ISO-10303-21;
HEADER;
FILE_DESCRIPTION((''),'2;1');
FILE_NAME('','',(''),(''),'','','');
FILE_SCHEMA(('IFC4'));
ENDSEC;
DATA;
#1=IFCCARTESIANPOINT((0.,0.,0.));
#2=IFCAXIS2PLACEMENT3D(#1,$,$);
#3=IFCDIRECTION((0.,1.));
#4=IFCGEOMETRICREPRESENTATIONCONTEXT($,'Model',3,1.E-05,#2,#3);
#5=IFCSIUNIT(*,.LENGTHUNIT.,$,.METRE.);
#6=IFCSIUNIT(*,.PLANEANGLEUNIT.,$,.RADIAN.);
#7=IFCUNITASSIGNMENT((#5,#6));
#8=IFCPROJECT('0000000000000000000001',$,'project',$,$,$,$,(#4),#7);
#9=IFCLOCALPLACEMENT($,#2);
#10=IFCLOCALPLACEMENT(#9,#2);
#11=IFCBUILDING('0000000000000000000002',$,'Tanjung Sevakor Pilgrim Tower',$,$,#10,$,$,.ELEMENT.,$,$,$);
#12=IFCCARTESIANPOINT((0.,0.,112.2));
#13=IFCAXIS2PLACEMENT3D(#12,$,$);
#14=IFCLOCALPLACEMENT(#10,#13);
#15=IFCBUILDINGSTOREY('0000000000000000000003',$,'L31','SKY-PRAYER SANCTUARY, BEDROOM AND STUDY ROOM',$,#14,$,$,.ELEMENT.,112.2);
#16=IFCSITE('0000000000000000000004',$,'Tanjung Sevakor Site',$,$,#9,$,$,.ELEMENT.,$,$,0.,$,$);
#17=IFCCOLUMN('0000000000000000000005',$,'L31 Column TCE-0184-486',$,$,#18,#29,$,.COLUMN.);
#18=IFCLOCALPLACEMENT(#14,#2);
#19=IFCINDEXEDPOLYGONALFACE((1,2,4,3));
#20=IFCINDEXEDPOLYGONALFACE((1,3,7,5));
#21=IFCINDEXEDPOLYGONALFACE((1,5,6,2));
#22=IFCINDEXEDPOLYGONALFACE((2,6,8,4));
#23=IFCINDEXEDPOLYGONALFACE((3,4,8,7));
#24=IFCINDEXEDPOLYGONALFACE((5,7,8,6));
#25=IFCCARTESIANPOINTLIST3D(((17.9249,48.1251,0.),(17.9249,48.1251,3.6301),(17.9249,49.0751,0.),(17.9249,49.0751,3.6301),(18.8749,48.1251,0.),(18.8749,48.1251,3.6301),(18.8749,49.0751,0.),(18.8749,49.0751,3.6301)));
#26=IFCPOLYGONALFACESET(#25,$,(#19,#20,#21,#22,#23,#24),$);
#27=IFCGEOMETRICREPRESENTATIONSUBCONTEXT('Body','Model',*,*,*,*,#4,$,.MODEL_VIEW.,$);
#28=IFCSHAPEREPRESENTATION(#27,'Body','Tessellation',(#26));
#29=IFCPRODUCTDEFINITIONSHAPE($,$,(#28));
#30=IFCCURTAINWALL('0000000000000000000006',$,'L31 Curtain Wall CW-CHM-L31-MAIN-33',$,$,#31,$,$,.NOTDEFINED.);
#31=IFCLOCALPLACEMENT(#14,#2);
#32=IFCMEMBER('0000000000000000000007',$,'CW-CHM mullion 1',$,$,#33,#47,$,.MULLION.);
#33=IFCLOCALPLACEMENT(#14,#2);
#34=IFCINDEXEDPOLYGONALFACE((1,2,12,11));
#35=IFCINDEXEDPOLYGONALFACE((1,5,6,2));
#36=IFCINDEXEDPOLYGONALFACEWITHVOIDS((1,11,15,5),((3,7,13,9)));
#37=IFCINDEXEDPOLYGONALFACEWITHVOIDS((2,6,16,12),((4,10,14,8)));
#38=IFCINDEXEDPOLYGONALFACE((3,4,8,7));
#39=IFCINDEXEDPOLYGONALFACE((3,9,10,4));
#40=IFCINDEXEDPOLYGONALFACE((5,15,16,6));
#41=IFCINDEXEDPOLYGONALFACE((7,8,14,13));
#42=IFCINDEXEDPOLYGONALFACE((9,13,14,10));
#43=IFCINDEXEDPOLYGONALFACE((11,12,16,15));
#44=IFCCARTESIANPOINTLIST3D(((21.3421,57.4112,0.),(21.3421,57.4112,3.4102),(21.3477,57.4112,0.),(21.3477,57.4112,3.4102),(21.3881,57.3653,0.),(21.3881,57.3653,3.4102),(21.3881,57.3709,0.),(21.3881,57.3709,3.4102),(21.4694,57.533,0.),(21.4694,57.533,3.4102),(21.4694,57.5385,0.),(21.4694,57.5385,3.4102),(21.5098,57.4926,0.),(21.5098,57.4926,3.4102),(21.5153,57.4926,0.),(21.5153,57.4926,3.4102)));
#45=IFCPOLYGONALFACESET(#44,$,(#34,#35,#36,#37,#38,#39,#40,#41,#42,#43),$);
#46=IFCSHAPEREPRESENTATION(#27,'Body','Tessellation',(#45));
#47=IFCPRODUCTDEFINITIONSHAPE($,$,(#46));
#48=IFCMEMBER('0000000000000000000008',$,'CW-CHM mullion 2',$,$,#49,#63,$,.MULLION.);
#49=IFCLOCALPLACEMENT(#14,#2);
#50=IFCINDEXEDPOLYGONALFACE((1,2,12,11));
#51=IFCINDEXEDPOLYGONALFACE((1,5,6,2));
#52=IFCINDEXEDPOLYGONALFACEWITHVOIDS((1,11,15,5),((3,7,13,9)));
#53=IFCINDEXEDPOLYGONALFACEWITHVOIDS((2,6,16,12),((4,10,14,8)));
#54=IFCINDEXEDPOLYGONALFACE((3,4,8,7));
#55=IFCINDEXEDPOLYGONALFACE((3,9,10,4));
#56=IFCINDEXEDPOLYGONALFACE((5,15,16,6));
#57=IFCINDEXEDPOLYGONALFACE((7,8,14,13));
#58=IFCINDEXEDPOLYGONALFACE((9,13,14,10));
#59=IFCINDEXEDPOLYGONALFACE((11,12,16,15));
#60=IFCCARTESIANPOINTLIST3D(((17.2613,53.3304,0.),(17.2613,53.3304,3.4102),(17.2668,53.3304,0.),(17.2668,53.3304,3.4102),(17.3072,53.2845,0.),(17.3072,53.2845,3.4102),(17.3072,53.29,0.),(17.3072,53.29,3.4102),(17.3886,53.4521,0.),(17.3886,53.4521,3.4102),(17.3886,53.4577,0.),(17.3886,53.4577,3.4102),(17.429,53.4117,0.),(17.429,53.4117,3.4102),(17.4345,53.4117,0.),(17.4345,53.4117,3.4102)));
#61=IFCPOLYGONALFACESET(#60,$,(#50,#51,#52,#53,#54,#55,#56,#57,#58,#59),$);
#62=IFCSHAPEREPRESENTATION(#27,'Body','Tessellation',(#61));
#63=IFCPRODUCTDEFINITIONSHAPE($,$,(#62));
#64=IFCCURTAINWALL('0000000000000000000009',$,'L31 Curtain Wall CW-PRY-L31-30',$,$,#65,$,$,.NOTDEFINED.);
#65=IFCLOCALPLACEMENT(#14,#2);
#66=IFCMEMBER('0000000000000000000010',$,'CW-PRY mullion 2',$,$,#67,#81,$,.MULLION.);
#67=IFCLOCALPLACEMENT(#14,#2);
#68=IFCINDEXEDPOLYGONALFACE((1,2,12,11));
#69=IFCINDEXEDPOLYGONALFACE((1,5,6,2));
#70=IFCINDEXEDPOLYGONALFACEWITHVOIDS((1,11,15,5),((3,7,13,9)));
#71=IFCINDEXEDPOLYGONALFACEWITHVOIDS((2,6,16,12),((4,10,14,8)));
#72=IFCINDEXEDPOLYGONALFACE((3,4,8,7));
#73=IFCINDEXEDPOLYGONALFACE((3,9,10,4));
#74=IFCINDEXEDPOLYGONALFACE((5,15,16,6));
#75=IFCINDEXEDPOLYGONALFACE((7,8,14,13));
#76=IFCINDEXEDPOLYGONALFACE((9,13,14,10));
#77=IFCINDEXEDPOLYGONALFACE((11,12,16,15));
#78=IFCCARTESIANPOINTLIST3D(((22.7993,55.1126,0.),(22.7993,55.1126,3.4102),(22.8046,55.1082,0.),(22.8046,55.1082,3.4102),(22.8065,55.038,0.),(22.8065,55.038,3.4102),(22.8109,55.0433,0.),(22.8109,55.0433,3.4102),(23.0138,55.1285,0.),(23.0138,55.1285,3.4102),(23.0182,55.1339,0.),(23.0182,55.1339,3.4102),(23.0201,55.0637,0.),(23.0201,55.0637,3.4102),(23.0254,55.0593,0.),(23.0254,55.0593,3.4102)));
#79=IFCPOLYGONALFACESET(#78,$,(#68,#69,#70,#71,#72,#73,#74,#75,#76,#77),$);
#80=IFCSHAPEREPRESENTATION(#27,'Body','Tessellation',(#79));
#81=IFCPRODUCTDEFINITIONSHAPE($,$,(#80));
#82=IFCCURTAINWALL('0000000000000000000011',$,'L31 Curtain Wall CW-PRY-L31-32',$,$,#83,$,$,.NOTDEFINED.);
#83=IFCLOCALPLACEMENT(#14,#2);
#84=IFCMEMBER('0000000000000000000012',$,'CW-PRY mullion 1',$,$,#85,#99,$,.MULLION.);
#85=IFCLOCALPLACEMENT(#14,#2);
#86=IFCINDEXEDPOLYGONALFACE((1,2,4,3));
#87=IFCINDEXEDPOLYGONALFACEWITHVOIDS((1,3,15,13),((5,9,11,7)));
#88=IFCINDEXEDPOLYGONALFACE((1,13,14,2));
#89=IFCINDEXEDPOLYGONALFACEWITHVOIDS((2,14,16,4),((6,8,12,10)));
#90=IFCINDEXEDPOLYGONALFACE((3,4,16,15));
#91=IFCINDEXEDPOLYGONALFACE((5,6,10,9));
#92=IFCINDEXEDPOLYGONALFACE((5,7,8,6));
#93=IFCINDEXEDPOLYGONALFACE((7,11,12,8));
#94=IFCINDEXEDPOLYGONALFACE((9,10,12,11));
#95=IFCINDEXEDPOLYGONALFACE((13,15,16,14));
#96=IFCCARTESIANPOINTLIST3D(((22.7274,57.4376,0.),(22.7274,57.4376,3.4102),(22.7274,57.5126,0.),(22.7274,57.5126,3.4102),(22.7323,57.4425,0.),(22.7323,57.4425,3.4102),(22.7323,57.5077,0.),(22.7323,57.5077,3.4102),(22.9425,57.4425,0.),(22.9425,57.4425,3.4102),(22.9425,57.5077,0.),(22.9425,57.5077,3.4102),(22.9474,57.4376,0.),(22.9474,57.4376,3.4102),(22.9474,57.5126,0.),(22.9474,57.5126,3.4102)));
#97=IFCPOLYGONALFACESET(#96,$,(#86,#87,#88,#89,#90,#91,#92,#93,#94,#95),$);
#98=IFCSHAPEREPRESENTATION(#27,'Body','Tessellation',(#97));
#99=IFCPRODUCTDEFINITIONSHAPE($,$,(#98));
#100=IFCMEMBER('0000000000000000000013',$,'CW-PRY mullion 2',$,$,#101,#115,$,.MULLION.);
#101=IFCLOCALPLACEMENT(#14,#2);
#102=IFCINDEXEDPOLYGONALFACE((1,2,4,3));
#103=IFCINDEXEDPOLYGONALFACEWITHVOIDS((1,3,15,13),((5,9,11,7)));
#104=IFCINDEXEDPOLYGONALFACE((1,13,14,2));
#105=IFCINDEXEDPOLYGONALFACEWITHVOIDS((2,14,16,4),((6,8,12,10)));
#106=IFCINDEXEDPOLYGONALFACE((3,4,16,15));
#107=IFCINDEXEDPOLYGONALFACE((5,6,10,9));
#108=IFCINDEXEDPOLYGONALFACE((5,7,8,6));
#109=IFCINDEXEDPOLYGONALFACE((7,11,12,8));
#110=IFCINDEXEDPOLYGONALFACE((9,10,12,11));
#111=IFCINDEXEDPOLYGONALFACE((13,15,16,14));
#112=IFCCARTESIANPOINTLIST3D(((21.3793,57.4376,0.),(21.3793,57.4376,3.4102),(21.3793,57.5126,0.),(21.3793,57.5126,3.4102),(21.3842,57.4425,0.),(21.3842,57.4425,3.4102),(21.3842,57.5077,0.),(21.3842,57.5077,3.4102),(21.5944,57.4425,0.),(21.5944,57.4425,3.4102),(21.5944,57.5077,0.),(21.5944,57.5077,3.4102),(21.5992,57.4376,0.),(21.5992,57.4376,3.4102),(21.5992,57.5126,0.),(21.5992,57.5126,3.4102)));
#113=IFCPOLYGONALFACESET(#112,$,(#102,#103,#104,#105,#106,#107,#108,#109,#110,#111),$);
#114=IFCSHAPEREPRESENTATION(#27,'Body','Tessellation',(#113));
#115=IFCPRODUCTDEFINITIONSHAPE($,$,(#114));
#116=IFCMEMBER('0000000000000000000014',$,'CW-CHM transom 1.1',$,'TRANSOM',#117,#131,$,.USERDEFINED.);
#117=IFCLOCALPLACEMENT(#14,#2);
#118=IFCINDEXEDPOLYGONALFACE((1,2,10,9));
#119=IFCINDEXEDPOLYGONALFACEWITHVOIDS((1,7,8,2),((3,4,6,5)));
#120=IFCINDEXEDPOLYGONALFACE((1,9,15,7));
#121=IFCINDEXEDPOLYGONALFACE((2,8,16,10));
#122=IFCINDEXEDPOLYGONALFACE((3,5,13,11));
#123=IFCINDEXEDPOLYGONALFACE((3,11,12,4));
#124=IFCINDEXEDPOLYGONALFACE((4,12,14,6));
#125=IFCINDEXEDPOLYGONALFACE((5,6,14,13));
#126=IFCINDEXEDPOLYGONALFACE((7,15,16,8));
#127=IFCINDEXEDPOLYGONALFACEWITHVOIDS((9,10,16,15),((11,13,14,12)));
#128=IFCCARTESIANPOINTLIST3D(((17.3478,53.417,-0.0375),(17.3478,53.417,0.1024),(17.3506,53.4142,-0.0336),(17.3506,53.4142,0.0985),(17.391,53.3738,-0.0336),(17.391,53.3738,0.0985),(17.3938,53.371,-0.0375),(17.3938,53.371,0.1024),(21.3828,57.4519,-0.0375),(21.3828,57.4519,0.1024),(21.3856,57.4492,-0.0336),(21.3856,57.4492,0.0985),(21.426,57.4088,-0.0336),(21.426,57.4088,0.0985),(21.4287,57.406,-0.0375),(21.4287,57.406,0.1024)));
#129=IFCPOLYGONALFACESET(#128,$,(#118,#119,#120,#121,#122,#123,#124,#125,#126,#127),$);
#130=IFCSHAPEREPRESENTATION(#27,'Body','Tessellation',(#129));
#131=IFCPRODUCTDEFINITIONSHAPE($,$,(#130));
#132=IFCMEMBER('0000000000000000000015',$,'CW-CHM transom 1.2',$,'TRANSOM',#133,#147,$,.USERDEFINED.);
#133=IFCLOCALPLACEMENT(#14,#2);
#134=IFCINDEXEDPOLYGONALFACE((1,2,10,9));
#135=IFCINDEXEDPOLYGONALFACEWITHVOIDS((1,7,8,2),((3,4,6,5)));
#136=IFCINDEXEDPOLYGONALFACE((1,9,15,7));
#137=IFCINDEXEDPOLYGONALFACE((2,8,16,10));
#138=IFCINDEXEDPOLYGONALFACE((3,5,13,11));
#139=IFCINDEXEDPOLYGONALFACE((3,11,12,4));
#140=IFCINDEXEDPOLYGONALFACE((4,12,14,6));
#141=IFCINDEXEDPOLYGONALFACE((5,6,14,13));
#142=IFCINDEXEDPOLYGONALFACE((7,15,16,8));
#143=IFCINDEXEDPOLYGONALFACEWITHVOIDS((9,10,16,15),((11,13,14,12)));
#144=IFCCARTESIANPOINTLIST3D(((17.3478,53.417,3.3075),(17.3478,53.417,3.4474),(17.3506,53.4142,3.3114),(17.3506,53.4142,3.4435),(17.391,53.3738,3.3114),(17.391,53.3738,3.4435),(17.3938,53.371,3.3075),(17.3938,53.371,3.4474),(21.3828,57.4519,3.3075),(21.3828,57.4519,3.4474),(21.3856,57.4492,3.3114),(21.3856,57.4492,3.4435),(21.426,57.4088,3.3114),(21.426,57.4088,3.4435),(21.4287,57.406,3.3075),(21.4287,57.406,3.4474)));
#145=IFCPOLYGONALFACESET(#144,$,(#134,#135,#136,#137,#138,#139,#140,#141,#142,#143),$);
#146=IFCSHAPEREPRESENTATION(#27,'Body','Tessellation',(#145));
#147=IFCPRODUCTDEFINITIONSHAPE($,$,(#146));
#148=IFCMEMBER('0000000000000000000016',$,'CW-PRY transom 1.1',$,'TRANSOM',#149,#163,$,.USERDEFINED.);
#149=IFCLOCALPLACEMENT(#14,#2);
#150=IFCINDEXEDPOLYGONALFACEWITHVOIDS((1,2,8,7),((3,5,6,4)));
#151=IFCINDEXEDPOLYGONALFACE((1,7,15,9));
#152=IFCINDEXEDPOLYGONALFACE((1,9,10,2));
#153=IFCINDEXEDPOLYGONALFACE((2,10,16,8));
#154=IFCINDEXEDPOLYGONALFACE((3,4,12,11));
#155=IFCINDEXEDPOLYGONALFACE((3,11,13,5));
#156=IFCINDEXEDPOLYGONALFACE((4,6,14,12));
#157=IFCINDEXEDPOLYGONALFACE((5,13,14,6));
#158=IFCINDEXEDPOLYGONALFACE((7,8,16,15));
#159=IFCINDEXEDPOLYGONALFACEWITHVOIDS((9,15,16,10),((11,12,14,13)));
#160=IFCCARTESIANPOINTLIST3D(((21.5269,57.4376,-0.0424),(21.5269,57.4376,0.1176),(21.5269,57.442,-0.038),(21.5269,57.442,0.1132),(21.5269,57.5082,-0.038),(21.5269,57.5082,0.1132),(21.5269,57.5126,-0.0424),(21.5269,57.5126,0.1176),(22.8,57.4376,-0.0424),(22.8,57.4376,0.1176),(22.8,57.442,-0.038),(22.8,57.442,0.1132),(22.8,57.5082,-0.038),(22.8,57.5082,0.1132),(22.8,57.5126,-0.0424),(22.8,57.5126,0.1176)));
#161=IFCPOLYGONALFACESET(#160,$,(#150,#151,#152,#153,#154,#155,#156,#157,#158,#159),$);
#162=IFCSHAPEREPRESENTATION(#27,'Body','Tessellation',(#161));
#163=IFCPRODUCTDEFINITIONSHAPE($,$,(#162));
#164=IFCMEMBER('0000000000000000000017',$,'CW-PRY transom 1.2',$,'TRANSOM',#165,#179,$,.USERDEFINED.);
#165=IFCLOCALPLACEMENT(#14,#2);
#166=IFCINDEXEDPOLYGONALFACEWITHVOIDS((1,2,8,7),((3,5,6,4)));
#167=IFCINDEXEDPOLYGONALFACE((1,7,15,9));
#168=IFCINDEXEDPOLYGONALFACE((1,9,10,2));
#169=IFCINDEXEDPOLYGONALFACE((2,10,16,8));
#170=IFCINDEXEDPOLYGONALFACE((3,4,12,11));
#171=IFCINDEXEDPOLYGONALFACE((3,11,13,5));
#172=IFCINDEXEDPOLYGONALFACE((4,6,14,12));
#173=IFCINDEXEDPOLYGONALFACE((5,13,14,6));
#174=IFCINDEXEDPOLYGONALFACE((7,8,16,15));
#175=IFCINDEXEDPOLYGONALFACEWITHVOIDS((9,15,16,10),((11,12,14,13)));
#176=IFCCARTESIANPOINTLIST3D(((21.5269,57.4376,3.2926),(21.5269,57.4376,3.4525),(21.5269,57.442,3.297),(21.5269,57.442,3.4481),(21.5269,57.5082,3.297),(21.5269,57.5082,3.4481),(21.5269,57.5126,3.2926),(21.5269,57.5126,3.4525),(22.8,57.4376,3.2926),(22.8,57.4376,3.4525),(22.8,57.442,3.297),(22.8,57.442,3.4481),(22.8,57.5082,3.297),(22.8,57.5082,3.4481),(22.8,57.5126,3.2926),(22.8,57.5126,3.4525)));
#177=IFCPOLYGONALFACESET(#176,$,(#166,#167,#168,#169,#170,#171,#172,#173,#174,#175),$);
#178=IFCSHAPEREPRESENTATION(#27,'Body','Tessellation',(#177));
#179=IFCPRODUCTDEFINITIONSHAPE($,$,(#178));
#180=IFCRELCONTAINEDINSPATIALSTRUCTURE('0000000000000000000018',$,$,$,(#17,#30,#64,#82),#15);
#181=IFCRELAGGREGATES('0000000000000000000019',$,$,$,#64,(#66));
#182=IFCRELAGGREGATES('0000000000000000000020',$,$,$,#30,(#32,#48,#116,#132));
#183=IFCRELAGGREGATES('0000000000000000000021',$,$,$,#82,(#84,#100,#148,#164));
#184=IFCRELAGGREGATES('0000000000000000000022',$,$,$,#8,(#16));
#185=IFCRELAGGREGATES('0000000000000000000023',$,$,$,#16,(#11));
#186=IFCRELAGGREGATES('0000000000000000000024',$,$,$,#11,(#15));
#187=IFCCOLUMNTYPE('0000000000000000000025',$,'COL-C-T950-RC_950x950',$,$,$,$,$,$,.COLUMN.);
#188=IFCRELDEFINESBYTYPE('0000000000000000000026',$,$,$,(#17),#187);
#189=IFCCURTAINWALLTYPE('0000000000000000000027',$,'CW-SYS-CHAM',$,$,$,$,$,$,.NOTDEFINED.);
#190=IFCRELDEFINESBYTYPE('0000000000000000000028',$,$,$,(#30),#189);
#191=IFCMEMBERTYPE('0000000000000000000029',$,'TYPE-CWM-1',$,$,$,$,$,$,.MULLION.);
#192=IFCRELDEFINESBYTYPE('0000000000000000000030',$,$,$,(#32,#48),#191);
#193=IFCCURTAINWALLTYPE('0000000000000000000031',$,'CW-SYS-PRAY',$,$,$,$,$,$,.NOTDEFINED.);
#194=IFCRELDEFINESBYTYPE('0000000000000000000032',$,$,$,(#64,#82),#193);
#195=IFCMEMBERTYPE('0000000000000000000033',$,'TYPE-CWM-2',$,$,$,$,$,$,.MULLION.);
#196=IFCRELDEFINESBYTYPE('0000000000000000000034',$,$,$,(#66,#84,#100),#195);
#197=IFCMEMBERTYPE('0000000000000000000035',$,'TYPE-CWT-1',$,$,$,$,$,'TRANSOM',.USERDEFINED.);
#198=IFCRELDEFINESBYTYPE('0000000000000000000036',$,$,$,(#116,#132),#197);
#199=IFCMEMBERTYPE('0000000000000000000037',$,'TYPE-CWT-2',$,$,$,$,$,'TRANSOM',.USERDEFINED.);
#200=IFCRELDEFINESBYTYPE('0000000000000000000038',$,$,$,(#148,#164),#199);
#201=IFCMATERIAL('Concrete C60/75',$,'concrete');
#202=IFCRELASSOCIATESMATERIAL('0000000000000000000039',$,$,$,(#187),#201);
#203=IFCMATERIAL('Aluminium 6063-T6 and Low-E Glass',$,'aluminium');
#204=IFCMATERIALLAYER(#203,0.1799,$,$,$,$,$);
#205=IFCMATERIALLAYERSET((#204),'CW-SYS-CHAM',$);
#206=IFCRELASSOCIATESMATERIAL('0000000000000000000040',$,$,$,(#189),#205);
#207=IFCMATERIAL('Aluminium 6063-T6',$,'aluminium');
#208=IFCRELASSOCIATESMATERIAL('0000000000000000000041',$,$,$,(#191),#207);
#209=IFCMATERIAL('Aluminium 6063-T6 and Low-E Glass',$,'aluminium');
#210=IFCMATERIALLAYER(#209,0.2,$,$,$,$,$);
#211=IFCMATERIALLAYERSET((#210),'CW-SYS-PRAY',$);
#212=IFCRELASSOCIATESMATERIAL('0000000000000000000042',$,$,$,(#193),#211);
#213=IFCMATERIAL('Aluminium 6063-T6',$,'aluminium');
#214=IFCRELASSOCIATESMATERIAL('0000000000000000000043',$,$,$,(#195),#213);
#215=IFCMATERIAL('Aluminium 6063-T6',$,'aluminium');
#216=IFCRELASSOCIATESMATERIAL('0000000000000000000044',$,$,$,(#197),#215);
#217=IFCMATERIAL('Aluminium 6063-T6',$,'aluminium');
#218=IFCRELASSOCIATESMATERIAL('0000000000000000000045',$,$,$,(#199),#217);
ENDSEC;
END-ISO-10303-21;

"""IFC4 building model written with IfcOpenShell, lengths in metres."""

from ifc_helpers import new_model, si_unit, direction, frame, origin, origin_2d, place, context, subcontext, project, spatial, rectangle, hollow_rectangle, extrude, material, layer, layer_set, material_profile, profile_set, type_object, element, aggregate, save


model = new_model("IFC4")

# Units and contexts
model_context = context("Model", 3, precision=1e-05, world=origin(), true_north=direction((0.0, 1.0)))
body_context = subcontext(model_context, "Body", "Model", "MODEL_VIEW")
ifc_project = project(units=[si_unit("LENGTHUNIT", "METRE"), si_unit("PLANEANGLEUNIT", "RADIAN")], contexts=[model_context])

# Site, building, storey
site_placement = place(None, origin())
site = spatial("IfcSite", under=ifc_project, at=site_placement, Name="Tanjung Sevakor Site", CompositionType="ELEMENT", RefElevation=0.0)
building_placement = place(site_placement, origin())
building = spatial("IfcBuilding", under=site, at=building_placement, Name="Tanjung Sevakor Pilgrim Tower", CompositionType="ELEMENT")
storey_placement = place(building_placement, frame((0.0, 0.0, 112.2)))
storey = spatial("IfcBuildingStorey", under=building, at=storey_placement, Name="L31", Description="SKY-PRAYER SANCTUARY, BEDROOM AND STUDY ROOM", CompositionType="ELEMENT", Elevation=112.2)

# Column
ifc_material_1 = material(Name="Concrete C60/75", Category="concrete")
ifc_material_profile_1 = material_profile(ifc_material_1, rectangle(XDim=0.95, YDim=0.95, at=origin_2d()))
ifc_profile_set_1 = profile_set([ifc_material_profile_1], Name="Concrete C60/75")
column_type = type_object("IfcColumnType", Name="COL-C-T950-RC_950x950", PredefinedType="COLUMN", material=ifc_profile_set_1)
column_placement = place(storey_placement, frame((18.3999, 48.6001, 0.0), z_axis=(0.0, 0.0, 1.0), x_axis=(1.0, 0.0, 0.0)))
element("IfcColumn", 1, at=column_placement, inside=storey, type_object=column_type, Name="L31 Column TCE-0184-486", PredefinedType="COLUMN", context=body_context, shape_type="SweptSolid", body=[
    extrude(rectangle(XDim=0.95, YDim=0.95, at=origin_2d()), origin(), (0.0, 0.0, 1.0), 3.6301),
])

# Curtain wall, members
ifc_material_2 = material(Name="Aluminium 6063-T6 and Low-E Glass", Category="aluminium")
ifc_layer_1 = layer(ifc_material_2, 0.1799)
ifc_layer_set_1 = layer_set([ifc_layer_1], Name="CW-SYS-CHAM")
curtain_wall_type_1 = type_object("IfcCurtainWallType", Name="CW-SYS-CHAM", PredefinedType="NOTDEFINED", material=ifc_layer_set_1)
curtain_wall_1_placement = place(storey_placement, origin())
curtain_wall_1 = element("IfcCurtainWall", 2, at=curtain_wall_1_placement, inside=storey, type_object=curtain_wall_type_1, Name="L31 Curtain Wall CW-CHM-L31-MAIN-33", PredefinedType="NOTDEFINED")
ifc_material_3 = material(Name="Aluminium 6063-T6", Category="aluminium")
ifc_material_profile_2 = material_profile(ifc_material_3, hollow_rectangle(XDim=0.0649, YDim=0.1799, WallThickness=0.0039, at=origin_2d()))
ifc_profile_set_2 = profile_set([ifc_material_profile_2], Name="Aluminium 6063-T6")
member_type_1 = type_object("IfcMemberType", Name="TYPE-CWM-1", PredefinedType="MULLION", material=ifc_profile_set_2)
member_1_placement = place(storey_placement, frame((21.4287, 57.4519, 0.0), z_axis=(0.0, 0.0, 1.0), x_axis=(0.707107, -0.707107, 0.0)))
member_1 = element("IfcMember", 3, at=member_1_placement, type_object=member_type_1, Name="CW-CHM mullion 1", PredefinedType="MULLION", context=body_context, shape_type="SweptSolid", body=[
    extrude(hollow_rectangle(XDim=0.0649, YDim=0.1799, WallThickness=0.0039, at=origin_2d()), origin(), (0.0, 0.0, 1.0), 3.4102),
])
member_2_placement = place(storey_placement, frame((17.3479, 53.3711, 0.0), z_axis=(0.0, 0.0, 1.0), x_axis=(0.707107, -0.707107, 0.0)))
member_2 = element("IfcMember", 4, at=member_2_placement, type_object=member_type_1, Name="CW-CHM mullion 2", PredefinedType="MULLION", context=body_context, shape_type="SweptSolid", body=[
    extrude(hollow_rectangle(XDim=0.0649, YDim=0.1799, WallThickness=0.0039, at=origin_2d()), origin(), (0.0, 0.0, 1.0), 3.4102),
])

# Curtain wall, member
ifc_material_4 = material(Name="Aluminium 6063-T6 and Low-E Glass", Category="aluminium")
ifc_layer_2 = layer(ifc_material_4, 0.2)
ifc_layer_set_2 = layer_set([ifc_layer_2], Name="CW-SYS-PRAY")
curtain_wall_type_2 = type_object("IfcCurtainWallType", Name="CW-SYS-PRAY", PredefinedType="NOTDEFINED", material=ifc_layer_set_2)
curtain_wall_2_placement = place(storey_placement, origin())
curtain_wall_2 = element("IfcCurtainWall", 5, at=curtain_wall_2_placement, inside=storey, type_object=curtain_wall_type_2, Name="L31 Curtain Wall CW-PRY-L31-30", PredefinedType="NOTDEFINED")
ifc_material_5 = material(Name="Aluminium 6063-T6", Category="aluminium")
ifc_material_profile_3 = material_profile(ifc_material_5, hollow_rectangle(XDim=0.075, YDim=0.22, WallThickness=0.0049, at=origin_2d()))
ifc_profile_set_3 = profile_set([ifc_material_profile_3], Name="Aluminium 6063-T6")
member_type_2 = type_object("IfcMemberType", Name="TYPE-CWM-2", PredefinedType="MULLION", material=ifc_profile_set_3)
member_3_placement = place(storey_placement, frame((22.9124, 55.0859, 0.0), z_axis=(0.0, 0.0, 1.0), x_axis=(0.096626, -0.995321, 0.0)))
member_3 = element("IfcMember", 6, at=member_3_placement, type_object=member_type_2, Name="CW-PRY mullion 2", PredefinedType="MULLION", context=body_context, shape_type="SweptSolid", body=[
    extrude(hollow_rectangle(XDim=0.075, YDim=0.22, WallThickness=0.0049, at=origin_2d()), origin(), (0.0, 0.0, 1.0), 3.4102),
])
aggregate(curtain_wall_2, [member_3])

# Curtain wall, members
curtain_wall_3_placement = place(storey_placement, origin())
curtain_wall_3 = element("IfcCurtainWall", 7, at=curtain_wall_3_placement, inside=storey, type_object=curtain_wall_type_2, Name="L31 Curtain Wall CW-PRY-L31-32", PredefinedType="NOTDEFINED")
member_4_placement = place(storey_placement, frame((22.8374, 57.4751, 0.0), z_axis=(0.0, 0.0, 1.0), x_axis=(0.0, -1.0, 0.0)))
member_4 = element("IfcMember", 8, at=member_4_placement, type_object=member_type_2, Name="CW-PRY mullion 1", PredefinedType="MULLION", context=body_context, shape_type="SweptSolid", body=[
    extrude(hollow_rectangle(XDim=0.075, YDim=0.22, WallThickness=0.0049, at=origin_2d()), origin(), (0.0, 0.0, 1.0), 3.4102),
])
member_5_placement = place(storey_placement, frame((21.4893, 57.4751, 0.0), z_axis=(0.0, 0.0, 1.0), x_axis=(0.0, -1.0, 0.0)))
member_5 = element("IfcMember", 9, at=member_5_placement, type_object=member_type_2, Name="CW-PRY mullion 2", PredefinedType="MULLION", context=body_context, shape_type="SweptSolid", body=[
    extrude(hollow_rectangle(XDim=0.075, YDim=0.22, WallThickness=0.0049, at=origin_2d()), origin(), (0.0, 0.0, 1.0), 3.4102),
])

# Members
ifc_material_6 = material(Name="Aluminium 6063-T6", Category="aluminium")
ifc_material_profile_4 = material_profile(ifc_material_6, hollow_rectangle(XDim=0.0649, YDim=0.1399, WallThickness=0.0039, at=origin_2d()))
ifc_profile_set_4 = profile_set([ifc_material_profile_4], Name="Aluminium 6063-T6")
member_type_3 = type_object("IfcMemberType", Name="TYPE-CWT-1", ElementType="TRANSOM", PredefinedType="USERDEFINED", material=ifc_profile_set_4)
member_6_placement = place(storey_placement, frame((21.4058, 57.429, 0.0325), z_axis=(-0.707107, -0.707107, 0.0), x_axis=(0.707107, -0.707107, 0.0)))
member_6 = element("IfcMember", 10, at=member_6_placement, type_object=member_type_3, Name="CW-CHM transom 1.1", ObjectType="TRANSOM", PredefinedType="USERDEFINED", context=body_context, shape_type="SweptSolid", body=[
    extrude(hollow_rectangle(XDim=0.0649, YDim=0.1399, WallThickness=0.0039, at=origin_2d()), origin(), (0.0, 0.0, 1.0), 5.7063),
])
member_7_placement = place(storey_placement, frame((21.4058, 57.429, 3.3774), z_axis=(-0.707107, -0.707107, 0.0), x_axis=(0.707107, -0.707107, 0.0)))
member_7 = element("IfcMember", 11, at=member_7_placement, type_object=member_type_3, Name="CW-CHM transom 1.2", ObjectType="TRANSOM", PredefinedType="USERDEFINED", context=body_context, shape_type="SweptSolid", body=[
    extrude(hollow_rectangle(XDim=0.0649, YDim=0.1399, WallThickness=0.0039, at=origin_2d()), origin(), (0.0, 0.0, 1.0), 5.7063),
])
ifc_material_7 = material(Name="Aluminium 6063-T6", Category="aluminium")
ifc_material_profile_5 = material_profile(ifc_material_7, hollow_rectangle(XDim=0.075, YDim=0.1599, WallThickness=0.0044, at=origin_2d()))
ifc_profile_set_5 = profile_set([ifc_material_profile_5], Name="Aluminium 6063-T6")
member_type_4 = type_object("IfcMemberType", Name="TYPE-CWT-2", ElementType="TRANSOM", PredefinedType="USERDEFINED", material=ifc_profile_set_5)
member_8_placement = place(storey_placement, frame((22.8, 57.4751, 0.0376), z_axis=(-1.0, 0.0, 0.0), x_axis=(0.0, -1.0, 0.0)))
member_8 = element("IfcMember", 12, at=member_8_placement, type_object=member_type_4, Name="CW-PRY transom 1.1", ObjectType="TRANSOM", PredefinedType="USERDEFINED", context=body_context, shape_type="SweptSolid", body=[
    extrude(hollow_rectangle(XDim=0.075, YDim=0.1599, WallThickness=0.0044, at=origin_2d()), origin(), (0.0, 0.0, 1.0), 1.2732),
])
member_9_placement = place(storey_placement, frame((22.8, 57.4751, 3.3726), z_axis=(-1.0, 0.0, 0.0), x_axis=(0.0, -1.0, 0.0)))
member_9 = element("IfcMember", 13, at=member_9_placement, type_object=member_type_4, Name="CW-PRY transom 1.2", ObjectType="TRANSOM", PredefinedType="USERDEFINED", context=body_context, shape_type="SweptSolid", body=[
    extrude(hollow_rectangle(XDim=0.075, YDim=0.1599, WallThickness=0.0044, at=origin_2d()), origin(), (0.0, 0.0, 1.0), 1.2732),
])

aggregate(curtain_wall_1, [member_1, member_2, member_6, member_7])
aggregate(curtain_wall_3, [member_4, member_5, member_8, member_9])

save(model, "model.ifc")
